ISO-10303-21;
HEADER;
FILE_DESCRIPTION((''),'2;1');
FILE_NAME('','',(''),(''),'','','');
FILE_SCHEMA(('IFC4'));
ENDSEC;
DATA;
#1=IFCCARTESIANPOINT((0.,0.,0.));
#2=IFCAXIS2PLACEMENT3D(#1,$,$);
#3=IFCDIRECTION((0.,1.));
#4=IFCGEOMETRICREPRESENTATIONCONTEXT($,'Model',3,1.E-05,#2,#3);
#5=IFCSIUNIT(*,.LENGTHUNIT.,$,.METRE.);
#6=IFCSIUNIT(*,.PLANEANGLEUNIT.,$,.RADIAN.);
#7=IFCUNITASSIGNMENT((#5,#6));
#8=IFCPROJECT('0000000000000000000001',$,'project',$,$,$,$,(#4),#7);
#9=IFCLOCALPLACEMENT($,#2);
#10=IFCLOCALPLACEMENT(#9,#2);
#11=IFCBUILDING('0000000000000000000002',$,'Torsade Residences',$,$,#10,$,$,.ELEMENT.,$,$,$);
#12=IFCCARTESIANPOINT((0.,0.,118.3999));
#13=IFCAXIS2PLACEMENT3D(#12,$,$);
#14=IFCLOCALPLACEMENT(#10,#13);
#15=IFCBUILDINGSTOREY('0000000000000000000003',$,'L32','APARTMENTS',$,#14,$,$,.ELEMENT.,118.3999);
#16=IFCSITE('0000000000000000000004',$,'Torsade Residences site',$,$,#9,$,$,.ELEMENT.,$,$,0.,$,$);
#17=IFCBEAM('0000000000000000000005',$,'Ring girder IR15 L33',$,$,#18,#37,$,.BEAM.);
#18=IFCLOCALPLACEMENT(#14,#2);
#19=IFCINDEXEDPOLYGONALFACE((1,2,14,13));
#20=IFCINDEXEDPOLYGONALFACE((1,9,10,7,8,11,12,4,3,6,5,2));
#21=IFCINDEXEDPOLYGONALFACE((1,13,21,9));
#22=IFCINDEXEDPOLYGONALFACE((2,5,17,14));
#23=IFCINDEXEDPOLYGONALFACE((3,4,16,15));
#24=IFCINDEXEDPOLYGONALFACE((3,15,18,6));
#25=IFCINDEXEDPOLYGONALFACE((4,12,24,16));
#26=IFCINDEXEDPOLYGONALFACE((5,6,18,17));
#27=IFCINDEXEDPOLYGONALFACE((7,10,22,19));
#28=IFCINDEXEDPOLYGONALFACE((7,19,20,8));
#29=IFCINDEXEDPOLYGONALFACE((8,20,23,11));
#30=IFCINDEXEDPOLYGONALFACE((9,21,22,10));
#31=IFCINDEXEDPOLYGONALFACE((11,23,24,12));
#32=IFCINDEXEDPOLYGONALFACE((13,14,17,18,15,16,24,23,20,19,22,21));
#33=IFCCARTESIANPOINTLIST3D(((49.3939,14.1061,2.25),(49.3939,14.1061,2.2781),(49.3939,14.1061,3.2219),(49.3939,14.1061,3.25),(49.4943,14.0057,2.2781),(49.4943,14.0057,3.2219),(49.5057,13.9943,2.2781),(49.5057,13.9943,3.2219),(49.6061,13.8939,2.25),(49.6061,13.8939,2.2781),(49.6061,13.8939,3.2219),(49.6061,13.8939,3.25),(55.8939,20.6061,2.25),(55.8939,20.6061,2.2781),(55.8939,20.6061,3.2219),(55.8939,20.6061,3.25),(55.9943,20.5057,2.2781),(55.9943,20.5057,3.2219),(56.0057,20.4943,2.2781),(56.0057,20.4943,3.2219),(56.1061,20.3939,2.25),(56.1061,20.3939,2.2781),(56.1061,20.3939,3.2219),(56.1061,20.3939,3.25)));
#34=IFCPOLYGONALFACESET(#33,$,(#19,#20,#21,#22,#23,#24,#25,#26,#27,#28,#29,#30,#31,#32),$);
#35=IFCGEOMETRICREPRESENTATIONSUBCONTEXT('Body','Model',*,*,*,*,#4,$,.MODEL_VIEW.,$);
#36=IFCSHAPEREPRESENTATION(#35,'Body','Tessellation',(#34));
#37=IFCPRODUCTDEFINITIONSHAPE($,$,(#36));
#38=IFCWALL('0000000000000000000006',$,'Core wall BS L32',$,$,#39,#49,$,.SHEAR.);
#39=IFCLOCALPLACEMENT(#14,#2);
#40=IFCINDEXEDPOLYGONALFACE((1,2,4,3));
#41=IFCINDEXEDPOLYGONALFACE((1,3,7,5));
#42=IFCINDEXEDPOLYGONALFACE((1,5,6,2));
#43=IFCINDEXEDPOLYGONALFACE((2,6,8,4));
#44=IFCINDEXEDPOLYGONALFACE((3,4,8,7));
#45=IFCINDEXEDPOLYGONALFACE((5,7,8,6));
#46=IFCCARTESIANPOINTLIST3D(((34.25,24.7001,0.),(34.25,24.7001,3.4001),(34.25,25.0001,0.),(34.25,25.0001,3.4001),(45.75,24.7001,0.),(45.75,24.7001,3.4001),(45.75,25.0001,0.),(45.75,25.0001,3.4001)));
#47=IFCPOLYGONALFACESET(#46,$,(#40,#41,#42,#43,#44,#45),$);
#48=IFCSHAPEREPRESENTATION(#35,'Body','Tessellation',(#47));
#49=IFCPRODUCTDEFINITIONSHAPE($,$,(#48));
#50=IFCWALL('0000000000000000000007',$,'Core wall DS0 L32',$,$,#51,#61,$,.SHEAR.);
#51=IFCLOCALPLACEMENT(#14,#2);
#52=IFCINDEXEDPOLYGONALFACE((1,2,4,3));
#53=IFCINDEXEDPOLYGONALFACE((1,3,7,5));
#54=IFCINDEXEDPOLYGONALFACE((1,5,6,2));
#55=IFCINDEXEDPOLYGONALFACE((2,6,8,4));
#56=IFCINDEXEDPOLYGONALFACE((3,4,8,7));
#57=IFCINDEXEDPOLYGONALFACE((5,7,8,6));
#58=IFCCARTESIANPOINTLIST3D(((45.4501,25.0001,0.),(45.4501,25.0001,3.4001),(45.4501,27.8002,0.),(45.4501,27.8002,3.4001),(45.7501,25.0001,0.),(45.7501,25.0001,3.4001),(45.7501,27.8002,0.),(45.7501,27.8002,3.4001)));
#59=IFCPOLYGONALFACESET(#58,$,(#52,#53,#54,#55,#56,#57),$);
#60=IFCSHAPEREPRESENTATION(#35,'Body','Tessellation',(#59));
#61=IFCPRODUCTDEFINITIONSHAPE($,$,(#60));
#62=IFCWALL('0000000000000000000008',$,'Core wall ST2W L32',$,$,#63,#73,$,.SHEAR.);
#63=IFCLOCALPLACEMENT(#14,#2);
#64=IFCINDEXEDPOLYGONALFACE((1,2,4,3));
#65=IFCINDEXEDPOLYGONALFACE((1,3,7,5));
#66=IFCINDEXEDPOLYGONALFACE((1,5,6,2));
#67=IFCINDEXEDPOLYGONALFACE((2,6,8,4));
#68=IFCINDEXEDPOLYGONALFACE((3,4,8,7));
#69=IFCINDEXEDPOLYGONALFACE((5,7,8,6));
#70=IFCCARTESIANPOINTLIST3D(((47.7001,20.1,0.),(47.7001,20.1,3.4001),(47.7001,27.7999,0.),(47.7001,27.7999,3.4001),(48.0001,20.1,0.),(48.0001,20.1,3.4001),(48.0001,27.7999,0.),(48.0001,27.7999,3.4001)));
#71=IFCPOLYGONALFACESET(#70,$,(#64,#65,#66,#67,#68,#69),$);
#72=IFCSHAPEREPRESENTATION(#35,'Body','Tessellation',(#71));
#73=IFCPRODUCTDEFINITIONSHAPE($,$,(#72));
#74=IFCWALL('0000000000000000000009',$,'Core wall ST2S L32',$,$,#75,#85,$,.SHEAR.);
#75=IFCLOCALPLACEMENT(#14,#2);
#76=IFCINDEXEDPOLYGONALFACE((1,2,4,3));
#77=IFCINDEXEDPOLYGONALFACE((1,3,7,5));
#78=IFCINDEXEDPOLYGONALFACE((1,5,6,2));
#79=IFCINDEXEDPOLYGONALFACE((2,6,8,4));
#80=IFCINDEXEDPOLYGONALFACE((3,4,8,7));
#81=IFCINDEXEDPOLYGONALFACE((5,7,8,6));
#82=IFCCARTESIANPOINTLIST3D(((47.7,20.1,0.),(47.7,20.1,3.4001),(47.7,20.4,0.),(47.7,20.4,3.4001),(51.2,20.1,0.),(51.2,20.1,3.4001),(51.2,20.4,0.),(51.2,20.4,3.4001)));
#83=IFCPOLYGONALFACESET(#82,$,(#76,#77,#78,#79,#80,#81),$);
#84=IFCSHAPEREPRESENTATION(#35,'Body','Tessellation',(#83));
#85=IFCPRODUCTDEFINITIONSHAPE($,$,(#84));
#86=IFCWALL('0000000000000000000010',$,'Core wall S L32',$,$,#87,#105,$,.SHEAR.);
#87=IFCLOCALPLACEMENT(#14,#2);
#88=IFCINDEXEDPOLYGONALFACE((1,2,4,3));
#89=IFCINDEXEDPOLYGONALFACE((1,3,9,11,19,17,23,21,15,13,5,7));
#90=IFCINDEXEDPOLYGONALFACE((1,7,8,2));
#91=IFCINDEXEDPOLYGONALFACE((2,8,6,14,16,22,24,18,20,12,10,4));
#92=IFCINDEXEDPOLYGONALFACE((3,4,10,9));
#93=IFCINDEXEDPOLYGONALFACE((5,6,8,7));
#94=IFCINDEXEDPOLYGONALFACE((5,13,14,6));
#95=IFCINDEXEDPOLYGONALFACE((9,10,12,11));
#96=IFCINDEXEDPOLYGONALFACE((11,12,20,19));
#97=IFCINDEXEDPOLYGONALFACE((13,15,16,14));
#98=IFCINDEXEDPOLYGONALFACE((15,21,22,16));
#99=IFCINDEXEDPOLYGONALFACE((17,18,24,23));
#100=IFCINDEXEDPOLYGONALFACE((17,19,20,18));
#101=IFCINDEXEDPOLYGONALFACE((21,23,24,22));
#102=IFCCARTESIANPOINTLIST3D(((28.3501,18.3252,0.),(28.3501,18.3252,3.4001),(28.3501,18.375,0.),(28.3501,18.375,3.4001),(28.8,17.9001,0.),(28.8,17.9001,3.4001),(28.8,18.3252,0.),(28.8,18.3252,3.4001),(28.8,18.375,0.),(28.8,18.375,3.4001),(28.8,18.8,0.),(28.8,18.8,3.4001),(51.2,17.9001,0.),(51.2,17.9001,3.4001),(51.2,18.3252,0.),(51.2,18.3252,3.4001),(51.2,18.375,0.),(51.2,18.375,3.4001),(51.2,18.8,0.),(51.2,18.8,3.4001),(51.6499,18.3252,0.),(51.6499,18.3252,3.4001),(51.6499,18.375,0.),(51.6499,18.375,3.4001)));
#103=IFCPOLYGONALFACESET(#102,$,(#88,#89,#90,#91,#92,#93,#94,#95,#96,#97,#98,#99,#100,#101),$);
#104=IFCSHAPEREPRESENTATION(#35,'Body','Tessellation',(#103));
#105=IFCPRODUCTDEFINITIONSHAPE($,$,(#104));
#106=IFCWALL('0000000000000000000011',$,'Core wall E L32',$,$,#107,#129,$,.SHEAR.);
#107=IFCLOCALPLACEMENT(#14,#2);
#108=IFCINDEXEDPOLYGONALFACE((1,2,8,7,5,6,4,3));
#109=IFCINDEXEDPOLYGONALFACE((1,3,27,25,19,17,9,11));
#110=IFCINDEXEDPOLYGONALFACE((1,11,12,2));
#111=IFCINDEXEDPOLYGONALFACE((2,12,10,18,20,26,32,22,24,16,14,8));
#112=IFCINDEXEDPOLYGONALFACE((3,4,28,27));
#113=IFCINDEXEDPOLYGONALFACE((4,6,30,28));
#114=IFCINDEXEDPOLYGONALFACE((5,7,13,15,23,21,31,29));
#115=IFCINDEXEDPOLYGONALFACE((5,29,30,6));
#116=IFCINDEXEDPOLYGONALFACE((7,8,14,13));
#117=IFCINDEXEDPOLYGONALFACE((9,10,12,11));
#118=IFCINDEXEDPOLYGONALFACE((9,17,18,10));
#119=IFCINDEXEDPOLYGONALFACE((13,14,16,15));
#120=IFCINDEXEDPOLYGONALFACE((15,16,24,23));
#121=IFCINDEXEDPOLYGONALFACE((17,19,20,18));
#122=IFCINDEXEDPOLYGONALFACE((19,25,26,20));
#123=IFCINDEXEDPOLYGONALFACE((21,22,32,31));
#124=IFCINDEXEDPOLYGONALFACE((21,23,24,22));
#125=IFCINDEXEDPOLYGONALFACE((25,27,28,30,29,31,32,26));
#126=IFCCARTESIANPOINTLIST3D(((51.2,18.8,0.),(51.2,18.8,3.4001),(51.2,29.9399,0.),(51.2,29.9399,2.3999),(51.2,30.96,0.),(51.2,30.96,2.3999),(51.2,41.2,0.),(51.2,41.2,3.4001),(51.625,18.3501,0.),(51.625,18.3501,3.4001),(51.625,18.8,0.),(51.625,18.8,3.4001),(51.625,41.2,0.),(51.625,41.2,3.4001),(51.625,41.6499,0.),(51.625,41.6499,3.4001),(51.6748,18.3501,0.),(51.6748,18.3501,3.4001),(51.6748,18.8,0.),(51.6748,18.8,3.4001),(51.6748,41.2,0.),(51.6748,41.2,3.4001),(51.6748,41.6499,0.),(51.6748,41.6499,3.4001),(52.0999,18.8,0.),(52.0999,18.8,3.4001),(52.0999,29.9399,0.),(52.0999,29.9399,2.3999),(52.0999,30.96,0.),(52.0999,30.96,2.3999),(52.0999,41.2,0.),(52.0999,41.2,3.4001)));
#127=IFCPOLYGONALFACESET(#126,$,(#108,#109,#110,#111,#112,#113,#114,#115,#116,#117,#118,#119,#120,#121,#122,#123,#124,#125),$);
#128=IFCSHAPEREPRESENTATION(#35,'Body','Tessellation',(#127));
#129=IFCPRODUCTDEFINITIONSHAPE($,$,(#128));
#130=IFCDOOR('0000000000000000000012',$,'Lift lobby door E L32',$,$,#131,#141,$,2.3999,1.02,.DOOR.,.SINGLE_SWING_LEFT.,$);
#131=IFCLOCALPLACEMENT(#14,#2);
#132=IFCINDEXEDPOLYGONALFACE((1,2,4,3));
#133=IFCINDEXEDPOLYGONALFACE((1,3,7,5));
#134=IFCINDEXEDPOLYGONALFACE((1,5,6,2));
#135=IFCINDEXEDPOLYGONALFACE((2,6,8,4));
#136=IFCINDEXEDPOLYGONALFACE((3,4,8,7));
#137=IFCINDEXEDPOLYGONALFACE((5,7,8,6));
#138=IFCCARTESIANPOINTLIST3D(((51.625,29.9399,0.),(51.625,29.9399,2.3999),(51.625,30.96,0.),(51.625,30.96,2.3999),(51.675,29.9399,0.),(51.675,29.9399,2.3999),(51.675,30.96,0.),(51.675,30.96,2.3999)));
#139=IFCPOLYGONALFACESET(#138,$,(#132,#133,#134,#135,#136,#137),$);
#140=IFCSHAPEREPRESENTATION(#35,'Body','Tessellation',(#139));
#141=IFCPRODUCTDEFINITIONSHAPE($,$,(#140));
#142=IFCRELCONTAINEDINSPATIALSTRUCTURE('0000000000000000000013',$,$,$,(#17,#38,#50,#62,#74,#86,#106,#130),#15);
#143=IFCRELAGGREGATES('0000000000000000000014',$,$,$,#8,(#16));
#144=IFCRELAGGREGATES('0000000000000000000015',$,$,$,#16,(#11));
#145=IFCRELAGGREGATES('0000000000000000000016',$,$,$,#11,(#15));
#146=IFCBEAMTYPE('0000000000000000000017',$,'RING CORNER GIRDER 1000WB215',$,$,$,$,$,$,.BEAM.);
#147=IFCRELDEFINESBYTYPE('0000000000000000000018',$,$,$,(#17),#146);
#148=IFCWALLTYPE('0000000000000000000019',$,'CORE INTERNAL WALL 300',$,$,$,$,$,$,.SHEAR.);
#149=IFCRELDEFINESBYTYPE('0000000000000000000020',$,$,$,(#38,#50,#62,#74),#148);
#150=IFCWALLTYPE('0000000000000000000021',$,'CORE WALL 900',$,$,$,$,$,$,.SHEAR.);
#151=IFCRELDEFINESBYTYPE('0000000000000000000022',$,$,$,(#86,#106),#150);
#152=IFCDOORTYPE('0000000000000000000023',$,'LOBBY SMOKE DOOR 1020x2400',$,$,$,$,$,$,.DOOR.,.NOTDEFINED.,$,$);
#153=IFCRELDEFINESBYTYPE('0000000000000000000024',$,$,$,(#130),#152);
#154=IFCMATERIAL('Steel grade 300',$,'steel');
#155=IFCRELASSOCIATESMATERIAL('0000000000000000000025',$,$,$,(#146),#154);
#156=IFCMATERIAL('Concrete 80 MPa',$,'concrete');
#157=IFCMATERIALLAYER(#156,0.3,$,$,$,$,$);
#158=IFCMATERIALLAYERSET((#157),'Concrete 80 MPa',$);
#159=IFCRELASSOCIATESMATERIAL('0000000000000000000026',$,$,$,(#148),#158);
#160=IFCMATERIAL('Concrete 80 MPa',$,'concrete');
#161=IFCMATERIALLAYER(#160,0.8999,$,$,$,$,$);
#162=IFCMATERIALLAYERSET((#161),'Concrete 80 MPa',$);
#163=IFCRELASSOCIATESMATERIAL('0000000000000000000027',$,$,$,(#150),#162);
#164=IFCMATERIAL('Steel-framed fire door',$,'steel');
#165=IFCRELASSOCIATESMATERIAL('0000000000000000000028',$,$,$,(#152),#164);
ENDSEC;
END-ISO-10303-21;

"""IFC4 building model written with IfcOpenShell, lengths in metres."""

from ifc_helpers import new_model, si_unit, direction, frame, frame_2d, origin, origin_2d, place, context, subcontext, project, spatial, polyline, rectangle, i_section, outline, extrude, material, layer, layer_set, material_profile, profile_set, type_object, element, fill, save


model = new_model("IFC4")

# Units and contexts
model_context = context("Model", 3, precision=1e-05, world=origin(), true_north=direction((0.0, 1.0)))
body_context = subcontext(model_context, "Body", "Model", "MODEL_VIEW")
ifc_project = project(units=[si_unit("LENGTHUNIT", "METRE"), si_unit("PLANEANGLEUNIT", "RADIAN")], contexts=[model_context])

# Site, building, storey
site_placement = place(None, origin())
site = spatial("IfcSite", under=ifc_project, at=site_placement, Name="Torsade Residences site", CompositionType="ELEMENT", RefElevation=0.0)
building_placement = place(site_placement, origin())
building = spatial("IfcBuilding", under=site, at=building_placement, Name="Torsade Residences", CompositionType="ELEMENT")
storey_placement = place(building_placement, frame((0.0, 0.0, 118.3999)))
storey = spatial("IfcBuildingStorey", under=building, at=storey_placement, Name="L32", Description="APARTMENTS", CompositionType="ELEMENT", Elevation=118.3999)

# Beam
ifc_material_1 = material(Name="Steel grade 300", Category="steel")
ifc_material_profile_1 = material_profile(ifc_material_1, i_section(OverallWidth=0.3, OverallDepth=1.0, WebThickness=0.0161, FlangeThickness=0.0281, at=origin_2d()), Name="1000WB215")
ifc_profile_set_1 = profile_set([ifc_material_profile_1], Name="Steel grade 300")
beam_type_1 = type_object("IfcBeamType", Name="RING CORNER GIRDER 1000WB215", PredefinedType="BEAM", material=ifc_profile_set_1)
beam_1_placement = place(storey_placement, frame((49.5, 14.0, 2.75), z_axis=(0.707107, 0.707107, 0.0), x_axis=(-0.707107, 0.707107, 0.0)))
element("IfcBeam", 1, at=beam_1_placement, inside=storey, type_object=beam_type_1, Name="Ring girder IR15 L33", PredefinedType="BEAM", context=body_context, shape_type="SweptSolid", body=[
    extrude(i_section(OverallWidth=0.3, OverallDepth=1.0, WebThickness=0.0161, FlangeThickness=0.0281, at=origin_2d()), origin(), (0.0, 0.0, 1.0), 9.1924),
])

# Walls
ifc_material_2 = material(Name="Concrete 80 MPa", Category="concrete")
ifc_layer_1 = layer(ifc_material_2, 0.3)
ifc_layer_set_1 = layer_set([ifc_layer_1], Name="Concrete 80 MPa")
wall_type_1 = type_object("IfcWallType", Name="CORE INTERNAL WALL 300", PredefinedType="SHEAR", material=ifc_layer_set_1)
wall_1_placement = place(storey_placement, frame((45.75, 24.8501, 0.0), z_axis=(0.0, 0.0, 1.0), x_axis=(-1.0, 0.0, 0.0)))
element("IfcWall", 2, at=wall_1_placement, inside=storey, type_object=wall_type_1, Name="Core wall BS L32", PredefinedType="SHEAR", context=body_context, shape_type="SweptSolid", body=[
    extrude(rectangle(XDim=11.5, YDim=0.3, at=frame_2d((5.75, 0.0))), origin(), (0.0, 0.0, 1.0), 3.4001),
])
wall_2_placement = place(storey_placement, frame((45.6001, 27.8, 0.0), z_axis=(0.0, 0.0, 1.0), x_axis=(0.0, -1.0, 0.0)))
element("IfcWall", 3, at=wall_2_placement, inside=storey, type_object=wall_type_1, Name="Core wall DS0 L32", PredefinedType="SHEAR", context=body_context, shape_type="SweptSolid", body=[
    extrude(rectangle(XDim=2.8, YDim=0.3, at=frame_2d((1.3999, 0.0))), origin(), (0.0, 0.0, 1.0), 3.4001),
])
wall_3_placement = place(storey_placement, frame((47.8501, 27.8, 0.0), z_axis=(0.0, 0.0, 1.0), x_axis=(0.0, -1.0, 0.0)))
element("IfcWall", 4, at=wall_3_placement, inside=storey, type_object=wall_type_1, Name="Core wall ST2W L32", PredefinedType="SHEAR", context=body_context, shape_type="SweptSolid", body=[
    extrude(rectangle(XDim=7.7, YDim=0.3, at=frame_2d((3.8501, 0.0))), origin(), (0.0, 0.0, 1.0), 3.4001),
])
wall_4_placement = place(storey_placement, frame((51.2, 20.25, 0.0), z_axis=(0.0, 0.0, 1.0), x_axis=(-1.0, 0.0, 0.0)))
element("IfcWall", 5, at=wall_4_placement, inside=storey, type_object=wall_type_1, Name="Core wall ST2S L32", PredefinedType="SHEAR", context=body_context, shape_type="SweptSolid", body=[
    extrude(rectangle(XDim=3.5, YDim=0.3, at=frame_2d((1.75, 0.0))), origin(), (0.0, 0.0, 1.0), 3.4001),
])
ifc_material_3 = material(Name="Concrete 80 MPa", Category="concrete")
ifc_layer_2 = layer(ifc_material_3, 0.8999)
ifc_layer_set_2 = layer_set([ifc_layer_2], Name="Concrete 80 MPa")
wall_type_2 = type_object("IfcWallType", Name="CORE WALL 900", PredefinedType="SHEAR", material=ifc_layer_set_2)
wall_5_placement = place(storey_placement, frame((51.2, 18.3501, 0.0), z_axis=(0.0, 0.0, 1.0), x_axis=(-1.0, 0.0, 0.0)))
element("IfcWall", 6, at=wall_5_placement, inside=storey, type_object=wall_type_2, Name="Core wall S L32", PredefinedType="SHEAR", context=body_context, shape_type="SweptSolid", body=[
    extrude(outline(polyline([(0.0, -0.45), (22.3999, -0.45), (22.3999, -0.0249), (22.8499, -0.0249), (22.8499, 0.0249), (22.3999, 0.0249), (22.3999, 0.45), (0.0, 0.45), (0.0, 0.0249), (-0.45, 0.0249), (-0.45, -0.0249), (0.0, -0.0249), (0.0, -0.45)])), origin(), (0.0, 0.0, 1.0), 3.4001),
])

# Wall, opening, door
wall_6_placement = place(storey_placement, frame((51.6499, 18.8, 0.0), z_axis=(0.0, 0.0, 1.0), x_axis=(0.0, 1.0, 0.0)))
wall_6 = element("IfcWall", 7, at=wall_6_placement, inside=storey, type_object=wall_type_2, Name="Core wall E L32", PredefinedType="SHEAR", context=body_context, shape_type="SweptSolid", body=[
    extrude(outline(polyline([(0.0, -0.45), (22.3999, -0.45), (22.3999, -0.0249), (22.8499, -0.0249), (22.8499, 0.0249), (22.3999, 0.0249), (22.3999, 0.45), (0.0, 0.45), (0.0, 0.0249), (-0.45, 0.0249), (-0.45, -0.0249), (0.0, -0.0249), (0.0, -0.45)])), origin(), (0.0, 0.0, 1.0), 3.4001),
])
opening_1_placement = place(wall_6_placement, frame((11.1399, 0.0, 0.0)))
opening_1 = element("IfcOpeningElement", 8, at=opening_1_placement, cuts=wall_6, PredefinedType="OPENING", context=body_context, shape_type="SweptSolid", body=[
    extrude(rectangle(XDim=1.02, YDim=2.3999, at=frame_2d((0.51, 1.2))), frame((0.0, 0.46, 0.0), z_axis=(0.0, -1.0, 0.0), x_axis=(1.0, 0.0, 0.0)), (0.0, 0.0, 1.0), 0.9199),
])
ifc_material_4 = material(Name="Steel-framed fire door", Category="steel")
door_type_1 = type_object("IfcDoorType", Name="LOBBY SMOKE DOOR 1020x2400", OperationType="NOTDEFINED", PredefinedType="DOOR", material=ifc_material_4)
door_1_placement = place(opening_1_placement, origin())
door_1 = element("IfcDoor", 9, at=door_1_placement, inside=storey, type_object=door_type_1, Name="Lift lobby door E L32", OperationType="SINGLE_SWING_LEFT", OverallHeight=2.3999, OverallWidth=1.02, PredefinedType="DOOR", context=body_context, shape_type="SweptSolid", body=[
    extrude(rectangle(XDim=1.02, YDim=2.3999, at=frame_2d((0.51, 1.2))), frame((0.0, 0.0249, 0.0), z_axis=(0.0, -1.0, 0.0), x_axis=(1.0, 0.0, 0.0)), (0.0, 0.0, 1.0), 0.05),
])
fill(opening_1, door_1)

save(model, "model.ifc")
